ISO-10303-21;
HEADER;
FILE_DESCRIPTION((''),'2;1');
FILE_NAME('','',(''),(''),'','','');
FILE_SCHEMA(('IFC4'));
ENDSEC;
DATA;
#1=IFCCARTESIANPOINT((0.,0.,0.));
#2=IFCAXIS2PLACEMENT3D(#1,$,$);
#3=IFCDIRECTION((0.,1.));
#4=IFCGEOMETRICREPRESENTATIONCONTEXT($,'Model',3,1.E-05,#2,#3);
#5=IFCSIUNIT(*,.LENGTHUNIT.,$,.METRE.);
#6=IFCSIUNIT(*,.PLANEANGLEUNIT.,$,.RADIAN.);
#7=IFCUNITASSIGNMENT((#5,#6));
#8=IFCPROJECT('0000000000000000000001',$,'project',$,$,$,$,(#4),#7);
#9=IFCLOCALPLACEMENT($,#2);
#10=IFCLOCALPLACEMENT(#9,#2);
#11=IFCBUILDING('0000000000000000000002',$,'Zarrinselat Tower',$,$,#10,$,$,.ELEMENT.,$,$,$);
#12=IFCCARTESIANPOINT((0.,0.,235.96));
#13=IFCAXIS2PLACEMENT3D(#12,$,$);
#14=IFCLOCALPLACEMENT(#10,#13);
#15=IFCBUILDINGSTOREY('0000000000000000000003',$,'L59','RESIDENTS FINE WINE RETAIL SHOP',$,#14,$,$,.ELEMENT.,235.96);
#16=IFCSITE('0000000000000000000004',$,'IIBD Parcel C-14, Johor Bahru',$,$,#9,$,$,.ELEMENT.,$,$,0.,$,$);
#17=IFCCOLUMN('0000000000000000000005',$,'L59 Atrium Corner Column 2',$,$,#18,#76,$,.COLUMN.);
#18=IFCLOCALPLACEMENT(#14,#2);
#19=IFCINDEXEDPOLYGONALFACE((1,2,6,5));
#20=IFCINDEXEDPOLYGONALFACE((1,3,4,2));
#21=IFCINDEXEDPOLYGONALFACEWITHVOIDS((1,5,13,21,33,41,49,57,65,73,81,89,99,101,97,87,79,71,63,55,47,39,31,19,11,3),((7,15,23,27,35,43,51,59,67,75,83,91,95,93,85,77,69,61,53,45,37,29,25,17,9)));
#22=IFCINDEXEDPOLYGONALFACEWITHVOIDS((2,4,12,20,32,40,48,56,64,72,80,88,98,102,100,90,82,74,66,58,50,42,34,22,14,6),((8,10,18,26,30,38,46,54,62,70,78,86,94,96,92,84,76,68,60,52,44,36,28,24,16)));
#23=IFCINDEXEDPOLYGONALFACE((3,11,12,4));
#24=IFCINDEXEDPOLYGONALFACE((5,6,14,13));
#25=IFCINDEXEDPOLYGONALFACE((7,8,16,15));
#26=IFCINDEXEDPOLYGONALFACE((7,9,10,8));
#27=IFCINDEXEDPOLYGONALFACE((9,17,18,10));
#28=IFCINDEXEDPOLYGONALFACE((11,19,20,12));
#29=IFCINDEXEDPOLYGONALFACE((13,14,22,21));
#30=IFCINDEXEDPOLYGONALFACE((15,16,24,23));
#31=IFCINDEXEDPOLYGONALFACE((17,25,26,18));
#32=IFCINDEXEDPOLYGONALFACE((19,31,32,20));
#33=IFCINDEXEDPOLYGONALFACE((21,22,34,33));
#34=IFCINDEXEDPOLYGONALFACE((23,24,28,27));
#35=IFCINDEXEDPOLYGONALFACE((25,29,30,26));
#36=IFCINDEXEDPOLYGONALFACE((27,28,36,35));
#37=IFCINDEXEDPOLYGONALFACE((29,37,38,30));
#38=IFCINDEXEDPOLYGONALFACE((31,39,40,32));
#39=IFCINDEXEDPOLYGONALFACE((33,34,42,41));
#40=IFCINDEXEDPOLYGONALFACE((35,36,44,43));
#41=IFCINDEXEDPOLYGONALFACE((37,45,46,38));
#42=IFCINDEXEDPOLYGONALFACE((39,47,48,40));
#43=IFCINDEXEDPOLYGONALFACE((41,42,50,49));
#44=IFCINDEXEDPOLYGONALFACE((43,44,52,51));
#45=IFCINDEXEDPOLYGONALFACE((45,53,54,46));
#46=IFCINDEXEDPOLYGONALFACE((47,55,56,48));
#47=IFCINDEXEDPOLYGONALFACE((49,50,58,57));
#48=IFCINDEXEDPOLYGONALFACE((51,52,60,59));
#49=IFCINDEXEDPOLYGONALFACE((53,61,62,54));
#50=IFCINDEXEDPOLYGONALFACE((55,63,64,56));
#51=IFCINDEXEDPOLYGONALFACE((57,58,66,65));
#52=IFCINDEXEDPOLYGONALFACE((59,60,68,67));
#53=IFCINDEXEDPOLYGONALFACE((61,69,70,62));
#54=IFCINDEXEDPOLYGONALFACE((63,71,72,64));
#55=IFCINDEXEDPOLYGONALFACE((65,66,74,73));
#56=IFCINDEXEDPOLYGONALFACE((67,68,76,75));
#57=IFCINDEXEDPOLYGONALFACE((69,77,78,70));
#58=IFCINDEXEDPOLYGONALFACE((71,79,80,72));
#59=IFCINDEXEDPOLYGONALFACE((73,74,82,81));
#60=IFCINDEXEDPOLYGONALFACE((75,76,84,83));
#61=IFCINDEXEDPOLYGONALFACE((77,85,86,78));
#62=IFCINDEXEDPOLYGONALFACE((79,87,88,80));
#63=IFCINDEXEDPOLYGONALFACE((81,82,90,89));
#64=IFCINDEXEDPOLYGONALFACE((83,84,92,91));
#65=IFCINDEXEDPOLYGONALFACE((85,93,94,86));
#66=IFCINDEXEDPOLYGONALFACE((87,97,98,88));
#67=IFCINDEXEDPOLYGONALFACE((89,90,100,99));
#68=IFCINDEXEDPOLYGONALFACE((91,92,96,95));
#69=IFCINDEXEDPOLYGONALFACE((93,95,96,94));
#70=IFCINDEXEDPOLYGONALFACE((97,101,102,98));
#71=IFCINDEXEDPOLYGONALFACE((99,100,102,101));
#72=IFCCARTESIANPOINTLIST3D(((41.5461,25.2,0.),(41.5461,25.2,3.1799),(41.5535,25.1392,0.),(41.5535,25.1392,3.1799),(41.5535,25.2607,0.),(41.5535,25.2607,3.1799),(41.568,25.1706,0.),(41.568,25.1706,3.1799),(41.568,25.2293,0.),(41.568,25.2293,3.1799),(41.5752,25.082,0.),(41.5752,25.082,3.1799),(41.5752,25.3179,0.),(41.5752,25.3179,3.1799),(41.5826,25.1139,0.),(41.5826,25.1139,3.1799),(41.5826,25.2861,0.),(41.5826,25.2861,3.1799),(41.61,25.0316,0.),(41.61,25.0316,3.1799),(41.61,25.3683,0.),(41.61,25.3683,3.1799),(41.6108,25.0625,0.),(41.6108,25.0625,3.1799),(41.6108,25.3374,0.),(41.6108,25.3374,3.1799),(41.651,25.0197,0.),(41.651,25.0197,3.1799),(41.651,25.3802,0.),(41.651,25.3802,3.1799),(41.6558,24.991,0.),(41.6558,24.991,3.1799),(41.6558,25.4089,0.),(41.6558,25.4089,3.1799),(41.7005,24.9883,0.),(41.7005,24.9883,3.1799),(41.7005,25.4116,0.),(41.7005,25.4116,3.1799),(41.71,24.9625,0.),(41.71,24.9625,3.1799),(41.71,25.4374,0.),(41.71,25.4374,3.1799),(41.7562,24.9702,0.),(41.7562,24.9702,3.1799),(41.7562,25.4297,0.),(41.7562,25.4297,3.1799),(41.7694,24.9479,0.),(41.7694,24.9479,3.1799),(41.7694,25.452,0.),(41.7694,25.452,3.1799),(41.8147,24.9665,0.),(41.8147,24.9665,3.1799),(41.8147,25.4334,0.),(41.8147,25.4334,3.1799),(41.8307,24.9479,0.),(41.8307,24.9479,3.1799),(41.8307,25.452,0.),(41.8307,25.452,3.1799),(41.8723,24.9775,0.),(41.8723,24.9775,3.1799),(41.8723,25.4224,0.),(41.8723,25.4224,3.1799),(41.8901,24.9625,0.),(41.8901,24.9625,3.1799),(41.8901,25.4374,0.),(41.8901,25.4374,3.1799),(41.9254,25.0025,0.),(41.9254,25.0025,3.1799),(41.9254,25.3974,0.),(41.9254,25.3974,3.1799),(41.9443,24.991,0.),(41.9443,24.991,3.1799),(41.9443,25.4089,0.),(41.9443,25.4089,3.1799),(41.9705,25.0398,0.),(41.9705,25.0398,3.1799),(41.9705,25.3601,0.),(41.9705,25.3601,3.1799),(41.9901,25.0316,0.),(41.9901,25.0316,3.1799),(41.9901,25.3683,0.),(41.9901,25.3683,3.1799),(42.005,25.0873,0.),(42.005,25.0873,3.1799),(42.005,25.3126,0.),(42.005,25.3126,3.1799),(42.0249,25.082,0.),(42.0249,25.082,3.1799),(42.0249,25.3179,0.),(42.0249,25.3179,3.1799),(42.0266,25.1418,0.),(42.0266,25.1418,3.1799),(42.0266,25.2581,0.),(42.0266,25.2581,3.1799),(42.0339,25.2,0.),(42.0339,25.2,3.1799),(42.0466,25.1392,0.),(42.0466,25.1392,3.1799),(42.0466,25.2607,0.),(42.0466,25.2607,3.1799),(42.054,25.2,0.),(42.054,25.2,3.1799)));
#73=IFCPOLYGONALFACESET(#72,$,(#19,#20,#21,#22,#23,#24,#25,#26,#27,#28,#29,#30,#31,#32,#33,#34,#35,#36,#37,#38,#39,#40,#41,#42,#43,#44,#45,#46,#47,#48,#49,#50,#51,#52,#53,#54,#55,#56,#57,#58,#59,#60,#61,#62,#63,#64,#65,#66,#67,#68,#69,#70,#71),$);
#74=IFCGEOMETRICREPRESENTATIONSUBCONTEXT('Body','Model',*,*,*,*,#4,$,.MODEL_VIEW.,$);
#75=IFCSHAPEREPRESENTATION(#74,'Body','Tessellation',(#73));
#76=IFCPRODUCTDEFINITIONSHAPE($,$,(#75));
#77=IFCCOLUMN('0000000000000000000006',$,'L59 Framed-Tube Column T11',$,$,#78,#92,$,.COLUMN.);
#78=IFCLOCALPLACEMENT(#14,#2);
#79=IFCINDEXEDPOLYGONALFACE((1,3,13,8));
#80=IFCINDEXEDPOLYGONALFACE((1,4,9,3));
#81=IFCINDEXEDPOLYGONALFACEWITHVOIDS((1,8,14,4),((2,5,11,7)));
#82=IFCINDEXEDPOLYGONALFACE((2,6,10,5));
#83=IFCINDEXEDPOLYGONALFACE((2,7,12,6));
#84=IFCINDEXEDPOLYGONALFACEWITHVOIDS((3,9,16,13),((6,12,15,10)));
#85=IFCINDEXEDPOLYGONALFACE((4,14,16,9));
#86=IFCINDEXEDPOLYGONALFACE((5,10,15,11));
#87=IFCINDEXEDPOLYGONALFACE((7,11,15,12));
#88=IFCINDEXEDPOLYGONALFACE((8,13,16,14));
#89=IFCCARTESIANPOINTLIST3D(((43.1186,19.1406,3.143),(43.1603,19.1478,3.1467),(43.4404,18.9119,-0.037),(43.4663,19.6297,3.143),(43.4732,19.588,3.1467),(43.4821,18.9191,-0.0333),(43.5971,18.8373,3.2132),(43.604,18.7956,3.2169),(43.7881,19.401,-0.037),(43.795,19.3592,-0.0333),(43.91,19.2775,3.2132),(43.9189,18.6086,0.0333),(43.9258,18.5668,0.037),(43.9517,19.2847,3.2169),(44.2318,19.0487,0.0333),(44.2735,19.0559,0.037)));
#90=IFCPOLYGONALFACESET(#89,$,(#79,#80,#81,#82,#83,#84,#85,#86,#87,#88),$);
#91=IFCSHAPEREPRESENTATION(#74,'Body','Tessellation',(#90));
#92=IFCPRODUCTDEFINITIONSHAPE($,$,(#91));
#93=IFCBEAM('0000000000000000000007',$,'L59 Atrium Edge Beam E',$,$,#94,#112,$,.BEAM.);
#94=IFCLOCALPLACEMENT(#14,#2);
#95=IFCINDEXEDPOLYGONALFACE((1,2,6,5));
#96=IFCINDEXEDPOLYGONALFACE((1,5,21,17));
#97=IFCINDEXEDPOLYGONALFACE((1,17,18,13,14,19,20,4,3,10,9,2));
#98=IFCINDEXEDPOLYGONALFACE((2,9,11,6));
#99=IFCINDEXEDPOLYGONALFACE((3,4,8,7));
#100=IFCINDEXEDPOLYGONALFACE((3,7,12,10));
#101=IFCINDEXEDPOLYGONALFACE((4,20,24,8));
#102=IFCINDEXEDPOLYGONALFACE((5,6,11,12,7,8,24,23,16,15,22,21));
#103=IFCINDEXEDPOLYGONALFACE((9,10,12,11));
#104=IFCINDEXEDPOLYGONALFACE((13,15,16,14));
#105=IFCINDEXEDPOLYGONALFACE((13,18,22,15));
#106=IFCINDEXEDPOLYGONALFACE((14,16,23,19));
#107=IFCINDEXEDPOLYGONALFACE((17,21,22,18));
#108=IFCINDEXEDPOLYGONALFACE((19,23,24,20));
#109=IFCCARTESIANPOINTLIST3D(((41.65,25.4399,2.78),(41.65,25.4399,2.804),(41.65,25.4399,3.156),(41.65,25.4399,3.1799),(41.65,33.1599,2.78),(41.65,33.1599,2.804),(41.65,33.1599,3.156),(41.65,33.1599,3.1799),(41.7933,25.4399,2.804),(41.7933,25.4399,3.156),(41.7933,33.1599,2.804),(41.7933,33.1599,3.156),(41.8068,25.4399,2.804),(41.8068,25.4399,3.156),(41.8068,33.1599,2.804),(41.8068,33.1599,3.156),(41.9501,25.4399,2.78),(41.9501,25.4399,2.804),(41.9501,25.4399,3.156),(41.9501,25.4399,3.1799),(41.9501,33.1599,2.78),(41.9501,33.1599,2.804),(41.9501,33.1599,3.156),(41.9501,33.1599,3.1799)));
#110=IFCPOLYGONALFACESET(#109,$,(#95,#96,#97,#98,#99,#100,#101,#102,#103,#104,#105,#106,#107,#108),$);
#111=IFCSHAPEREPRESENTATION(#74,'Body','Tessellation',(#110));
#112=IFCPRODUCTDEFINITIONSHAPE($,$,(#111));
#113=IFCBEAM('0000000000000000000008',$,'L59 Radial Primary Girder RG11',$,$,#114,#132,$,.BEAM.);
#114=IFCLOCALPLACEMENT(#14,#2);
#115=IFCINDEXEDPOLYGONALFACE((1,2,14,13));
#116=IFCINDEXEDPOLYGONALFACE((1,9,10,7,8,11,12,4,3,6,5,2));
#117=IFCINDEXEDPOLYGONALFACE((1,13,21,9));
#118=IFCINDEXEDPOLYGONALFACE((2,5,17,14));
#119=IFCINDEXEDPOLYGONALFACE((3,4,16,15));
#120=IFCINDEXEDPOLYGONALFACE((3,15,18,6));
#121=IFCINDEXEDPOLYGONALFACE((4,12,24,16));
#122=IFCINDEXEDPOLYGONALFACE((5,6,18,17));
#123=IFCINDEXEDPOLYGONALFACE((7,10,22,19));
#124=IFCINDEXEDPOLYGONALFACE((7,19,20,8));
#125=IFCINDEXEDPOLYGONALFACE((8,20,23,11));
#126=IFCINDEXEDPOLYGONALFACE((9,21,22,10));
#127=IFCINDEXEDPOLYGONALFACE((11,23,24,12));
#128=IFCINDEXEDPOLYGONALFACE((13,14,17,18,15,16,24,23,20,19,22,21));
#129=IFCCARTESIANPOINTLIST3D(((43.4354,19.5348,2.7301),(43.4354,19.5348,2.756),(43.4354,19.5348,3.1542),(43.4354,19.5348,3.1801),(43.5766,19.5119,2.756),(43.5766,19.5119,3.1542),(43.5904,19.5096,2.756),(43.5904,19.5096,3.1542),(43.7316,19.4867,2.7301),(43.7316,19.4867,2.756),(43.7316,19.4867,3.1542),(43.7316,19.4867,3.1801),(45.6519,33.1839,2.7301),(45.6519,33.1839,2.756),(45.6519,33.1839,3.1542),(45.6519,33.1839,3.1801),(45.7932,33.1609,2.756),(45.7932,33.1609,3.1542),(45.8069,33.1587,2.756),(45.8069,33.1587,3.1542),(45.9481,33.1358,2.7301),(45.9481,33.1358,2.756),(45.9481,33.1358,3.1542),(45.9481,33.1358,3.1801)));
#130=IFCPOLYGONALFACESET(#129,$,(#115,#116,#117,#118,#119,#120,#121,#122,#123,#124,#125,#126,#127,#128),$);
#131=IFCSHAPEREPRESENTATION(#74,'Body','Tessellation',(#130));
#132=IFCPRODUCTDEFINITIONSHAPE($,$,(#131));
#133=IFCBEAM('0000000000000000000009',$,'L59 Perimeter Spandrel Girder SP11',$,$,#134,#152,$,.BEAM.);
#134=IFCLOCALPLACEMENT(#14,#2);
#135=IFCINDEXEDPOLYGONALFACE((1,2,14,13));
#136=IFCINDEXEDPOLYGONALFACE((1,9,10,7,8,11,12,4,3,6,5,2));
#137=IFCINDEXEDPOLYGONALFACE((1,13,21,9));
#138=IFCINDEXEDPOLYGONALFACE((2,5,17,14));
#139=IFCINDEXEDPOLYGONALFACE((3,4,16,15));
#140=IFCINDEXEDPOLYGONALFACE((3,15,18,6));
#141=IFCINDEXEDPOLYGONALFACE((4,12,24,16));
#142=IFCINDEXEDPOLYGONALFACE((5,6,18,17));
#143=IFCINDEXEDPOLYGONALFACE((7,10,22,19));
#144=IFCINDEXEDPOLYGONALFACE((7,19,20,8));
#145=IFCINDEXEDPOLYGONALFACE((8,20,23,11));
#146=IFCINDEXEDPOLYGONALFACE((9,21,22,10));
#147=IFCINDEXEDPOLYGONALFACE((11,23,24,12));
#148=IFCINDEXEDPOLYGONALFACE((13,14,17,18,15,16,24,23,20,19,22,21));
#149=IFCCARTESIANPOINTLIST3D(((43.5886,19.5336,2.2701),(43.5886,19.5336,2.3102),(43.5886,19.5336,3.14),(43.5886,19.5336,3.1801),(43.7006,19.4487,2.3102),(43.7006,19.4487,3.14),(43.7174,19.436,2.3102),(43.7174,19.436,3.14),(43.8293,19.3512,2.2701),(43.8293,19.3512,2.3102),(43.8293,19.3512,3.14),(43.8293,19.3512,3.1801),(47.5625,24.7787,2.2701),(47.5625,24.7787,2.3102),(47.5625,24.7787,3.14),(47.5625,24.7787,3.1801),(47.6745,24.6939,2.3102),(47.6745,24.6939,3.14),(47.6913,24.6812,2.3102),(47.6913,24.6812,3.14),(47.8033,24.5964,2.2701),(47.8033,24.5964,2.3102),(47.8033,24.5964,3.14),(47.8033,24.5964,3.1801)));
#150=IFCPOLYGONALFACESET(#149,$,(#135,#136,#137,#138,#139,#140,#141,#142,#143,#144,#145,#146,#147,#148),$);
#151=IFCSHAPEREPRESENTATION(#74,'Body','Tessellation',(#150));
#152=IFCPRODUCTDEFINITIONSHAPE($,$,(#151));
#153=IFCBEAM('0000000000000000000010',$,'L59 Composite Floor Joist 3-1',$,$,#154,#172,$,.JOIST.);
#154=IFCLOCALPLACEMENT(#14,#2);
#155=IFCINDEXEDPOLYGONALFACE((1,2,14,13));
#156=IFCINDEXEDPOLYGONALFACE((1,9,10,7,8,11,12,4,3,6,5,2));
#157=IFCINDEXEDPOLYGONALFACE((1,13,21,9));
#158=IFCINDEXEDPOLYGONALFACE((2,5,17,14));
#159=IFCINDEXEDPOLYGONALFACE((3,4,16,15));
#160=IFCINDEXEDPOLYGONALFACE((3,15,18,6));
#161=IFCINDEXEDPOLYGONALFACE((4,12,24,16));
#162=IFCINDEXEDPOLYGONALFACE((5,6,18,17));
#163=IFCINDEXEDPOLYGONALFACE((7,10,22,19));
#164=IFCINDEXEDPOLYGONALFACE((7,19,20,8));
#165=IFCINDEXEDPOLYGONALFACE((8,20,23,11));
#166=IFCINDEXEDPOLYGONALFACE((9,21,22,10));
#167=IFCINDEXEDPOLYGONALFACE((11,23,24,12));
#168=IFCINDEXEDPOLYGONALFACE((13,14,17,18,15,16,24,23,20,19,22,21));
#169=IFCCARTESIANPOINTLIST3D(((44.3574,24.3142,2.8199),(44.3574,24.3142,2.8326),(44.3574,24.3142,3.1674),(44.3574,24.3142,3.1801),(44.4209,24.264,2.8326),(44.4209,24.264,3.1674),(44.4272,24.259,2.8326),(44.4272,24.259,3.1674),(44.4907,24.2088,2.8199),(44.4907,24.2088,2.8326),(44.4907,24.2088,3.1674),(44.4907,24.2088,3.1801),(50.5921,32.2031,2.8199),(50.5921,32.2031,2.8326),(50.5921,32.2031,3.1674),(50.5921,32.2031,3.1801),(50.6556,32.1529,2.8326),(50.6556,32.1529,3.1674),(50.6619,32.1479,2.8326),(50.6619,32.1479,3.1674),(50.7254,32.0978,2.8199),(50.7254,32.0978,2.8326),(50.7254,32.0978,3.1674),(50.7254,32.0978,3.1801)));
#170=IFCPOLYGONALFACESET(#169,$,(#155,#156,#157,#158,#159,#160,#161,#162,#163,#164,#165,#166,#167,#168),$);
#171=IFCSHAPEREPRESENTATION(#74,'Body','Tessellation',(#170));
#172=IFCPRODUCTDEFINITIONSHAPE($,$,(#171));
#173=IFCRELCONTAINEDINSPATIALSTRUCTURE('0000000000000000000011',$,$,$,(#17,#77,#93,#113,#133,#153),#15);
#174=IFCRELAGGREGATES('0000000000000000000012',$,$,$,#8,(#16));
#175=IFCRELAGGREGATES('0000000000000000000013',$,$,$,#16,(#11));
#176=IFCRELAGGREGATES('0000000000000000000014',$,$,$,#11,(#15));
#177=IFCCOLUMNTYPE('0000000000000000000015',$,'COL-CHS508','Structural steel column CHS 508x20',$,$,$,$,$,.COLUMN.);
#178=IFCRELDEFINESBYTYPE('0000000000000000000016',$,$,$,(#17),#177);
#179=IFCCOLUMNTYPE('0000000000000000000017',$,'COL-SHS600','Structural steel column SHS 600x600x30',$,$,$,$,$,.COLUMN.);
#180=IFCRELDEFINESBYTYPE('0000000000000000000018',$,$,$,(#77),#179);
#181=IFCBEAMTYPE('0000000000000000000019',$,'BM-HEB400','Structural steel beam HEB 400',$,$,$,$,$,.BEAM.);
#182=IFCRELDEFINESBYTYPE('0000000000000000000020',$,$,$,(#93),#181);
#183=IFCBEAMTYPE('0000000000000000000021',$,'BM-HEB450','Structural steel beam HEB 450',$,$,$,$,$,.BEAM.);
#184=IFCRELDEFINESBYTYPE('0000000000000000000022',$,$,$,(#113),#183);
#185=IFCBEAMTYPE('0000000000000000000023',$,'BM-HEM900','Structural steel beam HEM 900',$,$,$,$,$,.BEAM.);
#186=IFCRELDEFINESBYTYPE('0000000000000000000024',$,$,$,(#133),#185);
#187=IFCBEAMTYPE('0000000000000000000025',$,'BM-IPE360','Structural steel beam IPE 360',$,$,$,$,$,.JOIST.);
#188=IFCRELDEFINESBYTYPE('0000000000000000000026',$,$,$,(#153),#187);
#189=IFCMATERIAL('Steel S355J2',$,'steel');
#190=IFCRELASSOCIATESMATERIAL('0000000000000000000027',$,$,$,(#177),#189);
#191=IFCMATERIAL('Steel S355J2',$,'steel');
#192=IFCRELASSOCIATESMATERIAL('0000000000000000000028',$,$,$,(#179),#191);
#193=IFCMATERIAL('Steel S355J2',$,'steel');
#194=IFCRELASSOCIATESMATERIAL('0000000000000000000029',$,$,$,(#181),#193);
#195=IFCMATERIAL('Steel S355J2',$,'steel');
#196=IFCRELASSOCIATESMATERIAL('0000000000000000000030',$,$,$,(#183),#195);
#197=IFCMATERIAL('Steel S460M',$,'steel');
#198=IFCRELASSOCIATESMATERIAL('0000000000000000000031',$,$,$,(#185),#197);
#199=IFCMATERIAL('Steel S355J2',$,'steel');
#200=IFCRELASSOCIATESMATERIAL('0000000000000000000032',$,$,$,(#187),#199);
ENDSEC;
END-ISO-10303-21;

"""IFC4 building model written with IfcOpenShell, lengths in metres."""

from ifc_helpers import new_model, si_unit, direction, frame, origin, origin_2d, place, context, subcontext, project, spatial, hollow_rectangle, hollow_circle, i_section, extrude, material, material_profile, profile_set, type_object, element, save


model = new_model("IFC4")

# Units and contexts
model_context = context("Model", 3, precision=1e-05, world=origin(), true_north=direction((0.0, 1.0)))
body_context = subcontext(model_context, "Body", "Model", "MODEL_VIEW")
ifc_project = project(units=[si_unit("LENGTHUNIT", "METRE"), si_unit("PLANEANGLEUNIT", "RADIAN")], contexts=[model_context])

# Site, building, storey
site_placement = place(None, origin())
site = spatial("IfcSite", under=ifc_project, at=site_placement, Name="IIBD Parcel C-14, Johor Bahru", CompositionType="ELEMENT", RefElevation=0.0)
building_placement = place(site_placement, origin())
building = spatial("IfcBuilding", under=site, at=building_placement, Name="Zarrinselat Tower", CompositionType="ELEMENT")
storey_placement = place(building_placement, frame((0.0, 0.0, 235.96)))
storey = spatial("IfcBuildingStorey", under=building, at=storey_placement, Name="L59", Description="RESIDENTS FINE WINE RETAIL SHOP", CompositionType="ELEMENT", Elevation=235.96)

# Columns
ifc_material_1 = material(Name="Steel S355J2", Category="steel")
ifc_material_profile_1 = material_profile(ifc_material_1, hollow_circle(Radius=0.2539, WallThickness=0.02, at=origin_2d()), Name="CHS 508x20")
ifc_profile_set_1 = profile_set([ifc_material_profile_1], Name="Steel S355J2")
column_type_1 = type_object("IfcColumnType", Name="COL-CHS508", Description="Structural steel column CHS 508x20", PredefinedType="COLUMN", material=ifc_profile_set_1)
column_1_placement = place(storey_placement, frame((41.8, 25.2, 0.0), z_axis=(0.0, 0.0, 1.0), x_axis=(1.0, 0.0, 0.0)))
element("IfcColumn", 1, at=column_1_placement, inside=storey, type_object=column_type_1, Name="L59 Atrium Corner Column 2", PredefinedType="COLUMN", context=body_context, shape_type="SweptSolid", body=[
    extrude(hollow_circle(Radius=0.2539, WallThickness=0.02, at=origin_2d()), origin(), (0.0, 0.0, 1.0), 3.1799),
])
ifc_material_2 = material(Name="Steel S355J2", Category="steel")
ifc_material_profile_2 = material_profile(ifc_material_2, hollow_rectangle(XDim=0.6001, YDim=0.6001, WallThickness=0.03, at=origin_2d()), Name="SHS 600x600x30")
ifc_profile_set_2 = profile_set([ifc_material_profile_2], Name="Steel S355J2")
column_type_2 = type_object("IfcColumnType", Name="COL-SHS600", Description="Structural steel column SHS 600x600x30", PredefinedType="COLUMN", material=ifc_profile_set_2)
column_2_placement = place(storey_placement, frame((43.8569, 18.9839, 0.0), z_axis=(-0.100419, 0.07139, 0.992381), x_axis=(-0.579423, -0.815027, 0.0)))
element("IfcColumn", 2, at=column_2_placement, inside=storey, type_object=column_type_2, Name="L59 Framed-Tube Column T11", PredefinedType="COLUMN", context=body_context, shape_type="SweptSolid", body=[
    extrude(hollow_rectangle(XDim=0.6001, YDim=0.6001, WallThickness=0.03, at=origin_2d()), origin(), (0.0, 0.0, 1.0), 3.2043),
])

# Beams
ifc_material_3 = material(Name="Steel S355J2", Category="steel")
ifc_material_profile_3 = material_profile(ifc_material_3, i_section(OverallWidth=0.3, OverallDepth=0.3999, WebThickness=0.0134, FlangeThickness=0.0239, at=origin_2d()), Name="HEB 400")
ifc_profile_set_3 = profile_set([ifc_material_profile_3], Name="Steel S355J2")
beam_type_1 = type_object("IfcBeamType", Name="BM-HEB400", Description="Structural steel beam HEB 400", PredefinedType="BEAM", material=ifc_profile_set_3)
beam_1_placement = place(storey_placement, frame((41.8, 25.4399, 2.98), z_axis=(0.0, 1.0, 0.0), x_axis=(-1.0, 0.0, 0.0)))
element("IfcBeam", 3, at=beam_1_placement, inside=storey, type_object=beam_type_1, Name="L59 Atrium Edge Beam E", PredefinedType="BEAM", context=body_context, shape_type="SweptSolid", body=[
    extrude(i_section(OverallWidth=0.3, OverallDepth=0.3999, WebThickness=0.0134, FlangeThickness=0.0239, at=origin_2d()), origin(), (0.0, 0.0, 1.0), 7.72),
])
ifc_material_4 = material(Name="Steel S355J2", Category="steel")
ifc_material_profile_4 = material_profile(ifc_material_4, i_section(OverallWidth=0.3, OverallDepth=0.45, WebThickness=0.0139, FlangeThickness=0.0259, at=origin_2d()), Name="HEB 450")
ifc_profile_set_4 = profile_set([ifc_material_profile_4], Name="Steel S355J2")
beam_type_2 = type_object("IfcBeamType", Name="BM-HEB450", Description="Structural steel beam HEB 450", PredefinedType="BEAM", material=ifc_profile_set_4)
beam_2_placement = place(storey_placement, frame((43.5835, 19.5107, 2.9551), z_axis=(0.160295, 0.987069, 0.0), x_axis=(-0.987069, 0.160295, 0.0)))
element("IfcBeam", 4, at=beam_2_placement, inside=storey, type_object=beam_type_2, Name="L59 Radial Primary Girder RG11", PredefinedType="BEAM", context=body_context, shape_type="SweptSolid", body=[
    extrude(i_section(OverallWidth=0.3, OverallDepth=0.45, WebThickness=0.0139, FlangeThickness=0.0259, at=origin_2d()), origin(), (0.0, 0.0, 1.0), 13.8279),
])
ifc_material_5 = material(Name="Steel S460M", Category="steel")
ifc_material_profile_5 = material_profile(ifc_material_5, i_section(OverallWidth=0.302, OverallDepth=0.9099, WebThickness=0.021, FlangeThickness=0.04, at=origin_2d()), Name="HEM 900")
ifc_profile_set_5 = profile_set([ifc_material_profile_5], Name="Steel S460M")
beam_type_3 = type_object("IfcBeamType", Name="BM-HEM900", Description="Structural steel beam HEM 900", PredefinedType="BEAM", material=ifc_profile_set_5)
beam_3_placement = place(storey_placement, frame((43.709, 19.4424, 2.7251), z_axis=(0.603887, 0.79707, 0.0), x_axis=(-0.79707, 0.603887, 0.0)))
element("IfcBeam", 5, at=beam_3_placement, inside=storey, type_object=beam_type_3, Name="L59 Perimeter Spandrel Girder SP11", PredefinedType="BEAM", context=body_context, shape_type="SweptSolid", body=[
    extrude(i_section(OverallWidth=0.302, OverallDepth=0.9099, WebThickness=0.021, FlangeThickness=0.04, at=origin_2d()), origin(), (0.0, 0.0, 1.0), 6.5806),
])
ifc_material_6 = material(Name="Steel S355J2", Category="steel")
ifc_material_profile_6 = material_profile(ifc_material_6, i_section(OverallWidth=0.1699, OverallDepth=0.3601, WebThickness=0.0081, FlangeThickness=0.0127, at=origin_2d()), Name="IPE 360")
ifc_profile_set_6 = profile_set([ifc_material_profile_6], Name="Steel S355J2")
beam_type_4 = type_object("IfcBeamType", Name="BM-IPE360", Description="Structural steel beam IPE 360", PredefinedType="JOIST", material=ifc_profile_set_6)
beam_4_placement = place(storey_placement, frame((44.4241, 24.2615, 3.0), z_axis=(0.620044, 0.784567, 0.0), x_axis=(-0.784567, 0.620044, 0.0)))
element("IfcBeam", 6, at=beam_4_placement, inside=storey, type_object=beam_type_4, Name="L59 Composite Floor Joist 3-1", PredefinedType="JOIST", context=body_context, shape_type="SweptSolid", body=[
    extrude(i_section(OverallWidth=0.1699, OverallDepth=0.3601, WebThickness=0.0081, FlangeThickness=0.0127, at=origin_2d()), origin(), (0.0, 0.0, 1.0), 10.0552),
])

save(model, "model.ifc")
